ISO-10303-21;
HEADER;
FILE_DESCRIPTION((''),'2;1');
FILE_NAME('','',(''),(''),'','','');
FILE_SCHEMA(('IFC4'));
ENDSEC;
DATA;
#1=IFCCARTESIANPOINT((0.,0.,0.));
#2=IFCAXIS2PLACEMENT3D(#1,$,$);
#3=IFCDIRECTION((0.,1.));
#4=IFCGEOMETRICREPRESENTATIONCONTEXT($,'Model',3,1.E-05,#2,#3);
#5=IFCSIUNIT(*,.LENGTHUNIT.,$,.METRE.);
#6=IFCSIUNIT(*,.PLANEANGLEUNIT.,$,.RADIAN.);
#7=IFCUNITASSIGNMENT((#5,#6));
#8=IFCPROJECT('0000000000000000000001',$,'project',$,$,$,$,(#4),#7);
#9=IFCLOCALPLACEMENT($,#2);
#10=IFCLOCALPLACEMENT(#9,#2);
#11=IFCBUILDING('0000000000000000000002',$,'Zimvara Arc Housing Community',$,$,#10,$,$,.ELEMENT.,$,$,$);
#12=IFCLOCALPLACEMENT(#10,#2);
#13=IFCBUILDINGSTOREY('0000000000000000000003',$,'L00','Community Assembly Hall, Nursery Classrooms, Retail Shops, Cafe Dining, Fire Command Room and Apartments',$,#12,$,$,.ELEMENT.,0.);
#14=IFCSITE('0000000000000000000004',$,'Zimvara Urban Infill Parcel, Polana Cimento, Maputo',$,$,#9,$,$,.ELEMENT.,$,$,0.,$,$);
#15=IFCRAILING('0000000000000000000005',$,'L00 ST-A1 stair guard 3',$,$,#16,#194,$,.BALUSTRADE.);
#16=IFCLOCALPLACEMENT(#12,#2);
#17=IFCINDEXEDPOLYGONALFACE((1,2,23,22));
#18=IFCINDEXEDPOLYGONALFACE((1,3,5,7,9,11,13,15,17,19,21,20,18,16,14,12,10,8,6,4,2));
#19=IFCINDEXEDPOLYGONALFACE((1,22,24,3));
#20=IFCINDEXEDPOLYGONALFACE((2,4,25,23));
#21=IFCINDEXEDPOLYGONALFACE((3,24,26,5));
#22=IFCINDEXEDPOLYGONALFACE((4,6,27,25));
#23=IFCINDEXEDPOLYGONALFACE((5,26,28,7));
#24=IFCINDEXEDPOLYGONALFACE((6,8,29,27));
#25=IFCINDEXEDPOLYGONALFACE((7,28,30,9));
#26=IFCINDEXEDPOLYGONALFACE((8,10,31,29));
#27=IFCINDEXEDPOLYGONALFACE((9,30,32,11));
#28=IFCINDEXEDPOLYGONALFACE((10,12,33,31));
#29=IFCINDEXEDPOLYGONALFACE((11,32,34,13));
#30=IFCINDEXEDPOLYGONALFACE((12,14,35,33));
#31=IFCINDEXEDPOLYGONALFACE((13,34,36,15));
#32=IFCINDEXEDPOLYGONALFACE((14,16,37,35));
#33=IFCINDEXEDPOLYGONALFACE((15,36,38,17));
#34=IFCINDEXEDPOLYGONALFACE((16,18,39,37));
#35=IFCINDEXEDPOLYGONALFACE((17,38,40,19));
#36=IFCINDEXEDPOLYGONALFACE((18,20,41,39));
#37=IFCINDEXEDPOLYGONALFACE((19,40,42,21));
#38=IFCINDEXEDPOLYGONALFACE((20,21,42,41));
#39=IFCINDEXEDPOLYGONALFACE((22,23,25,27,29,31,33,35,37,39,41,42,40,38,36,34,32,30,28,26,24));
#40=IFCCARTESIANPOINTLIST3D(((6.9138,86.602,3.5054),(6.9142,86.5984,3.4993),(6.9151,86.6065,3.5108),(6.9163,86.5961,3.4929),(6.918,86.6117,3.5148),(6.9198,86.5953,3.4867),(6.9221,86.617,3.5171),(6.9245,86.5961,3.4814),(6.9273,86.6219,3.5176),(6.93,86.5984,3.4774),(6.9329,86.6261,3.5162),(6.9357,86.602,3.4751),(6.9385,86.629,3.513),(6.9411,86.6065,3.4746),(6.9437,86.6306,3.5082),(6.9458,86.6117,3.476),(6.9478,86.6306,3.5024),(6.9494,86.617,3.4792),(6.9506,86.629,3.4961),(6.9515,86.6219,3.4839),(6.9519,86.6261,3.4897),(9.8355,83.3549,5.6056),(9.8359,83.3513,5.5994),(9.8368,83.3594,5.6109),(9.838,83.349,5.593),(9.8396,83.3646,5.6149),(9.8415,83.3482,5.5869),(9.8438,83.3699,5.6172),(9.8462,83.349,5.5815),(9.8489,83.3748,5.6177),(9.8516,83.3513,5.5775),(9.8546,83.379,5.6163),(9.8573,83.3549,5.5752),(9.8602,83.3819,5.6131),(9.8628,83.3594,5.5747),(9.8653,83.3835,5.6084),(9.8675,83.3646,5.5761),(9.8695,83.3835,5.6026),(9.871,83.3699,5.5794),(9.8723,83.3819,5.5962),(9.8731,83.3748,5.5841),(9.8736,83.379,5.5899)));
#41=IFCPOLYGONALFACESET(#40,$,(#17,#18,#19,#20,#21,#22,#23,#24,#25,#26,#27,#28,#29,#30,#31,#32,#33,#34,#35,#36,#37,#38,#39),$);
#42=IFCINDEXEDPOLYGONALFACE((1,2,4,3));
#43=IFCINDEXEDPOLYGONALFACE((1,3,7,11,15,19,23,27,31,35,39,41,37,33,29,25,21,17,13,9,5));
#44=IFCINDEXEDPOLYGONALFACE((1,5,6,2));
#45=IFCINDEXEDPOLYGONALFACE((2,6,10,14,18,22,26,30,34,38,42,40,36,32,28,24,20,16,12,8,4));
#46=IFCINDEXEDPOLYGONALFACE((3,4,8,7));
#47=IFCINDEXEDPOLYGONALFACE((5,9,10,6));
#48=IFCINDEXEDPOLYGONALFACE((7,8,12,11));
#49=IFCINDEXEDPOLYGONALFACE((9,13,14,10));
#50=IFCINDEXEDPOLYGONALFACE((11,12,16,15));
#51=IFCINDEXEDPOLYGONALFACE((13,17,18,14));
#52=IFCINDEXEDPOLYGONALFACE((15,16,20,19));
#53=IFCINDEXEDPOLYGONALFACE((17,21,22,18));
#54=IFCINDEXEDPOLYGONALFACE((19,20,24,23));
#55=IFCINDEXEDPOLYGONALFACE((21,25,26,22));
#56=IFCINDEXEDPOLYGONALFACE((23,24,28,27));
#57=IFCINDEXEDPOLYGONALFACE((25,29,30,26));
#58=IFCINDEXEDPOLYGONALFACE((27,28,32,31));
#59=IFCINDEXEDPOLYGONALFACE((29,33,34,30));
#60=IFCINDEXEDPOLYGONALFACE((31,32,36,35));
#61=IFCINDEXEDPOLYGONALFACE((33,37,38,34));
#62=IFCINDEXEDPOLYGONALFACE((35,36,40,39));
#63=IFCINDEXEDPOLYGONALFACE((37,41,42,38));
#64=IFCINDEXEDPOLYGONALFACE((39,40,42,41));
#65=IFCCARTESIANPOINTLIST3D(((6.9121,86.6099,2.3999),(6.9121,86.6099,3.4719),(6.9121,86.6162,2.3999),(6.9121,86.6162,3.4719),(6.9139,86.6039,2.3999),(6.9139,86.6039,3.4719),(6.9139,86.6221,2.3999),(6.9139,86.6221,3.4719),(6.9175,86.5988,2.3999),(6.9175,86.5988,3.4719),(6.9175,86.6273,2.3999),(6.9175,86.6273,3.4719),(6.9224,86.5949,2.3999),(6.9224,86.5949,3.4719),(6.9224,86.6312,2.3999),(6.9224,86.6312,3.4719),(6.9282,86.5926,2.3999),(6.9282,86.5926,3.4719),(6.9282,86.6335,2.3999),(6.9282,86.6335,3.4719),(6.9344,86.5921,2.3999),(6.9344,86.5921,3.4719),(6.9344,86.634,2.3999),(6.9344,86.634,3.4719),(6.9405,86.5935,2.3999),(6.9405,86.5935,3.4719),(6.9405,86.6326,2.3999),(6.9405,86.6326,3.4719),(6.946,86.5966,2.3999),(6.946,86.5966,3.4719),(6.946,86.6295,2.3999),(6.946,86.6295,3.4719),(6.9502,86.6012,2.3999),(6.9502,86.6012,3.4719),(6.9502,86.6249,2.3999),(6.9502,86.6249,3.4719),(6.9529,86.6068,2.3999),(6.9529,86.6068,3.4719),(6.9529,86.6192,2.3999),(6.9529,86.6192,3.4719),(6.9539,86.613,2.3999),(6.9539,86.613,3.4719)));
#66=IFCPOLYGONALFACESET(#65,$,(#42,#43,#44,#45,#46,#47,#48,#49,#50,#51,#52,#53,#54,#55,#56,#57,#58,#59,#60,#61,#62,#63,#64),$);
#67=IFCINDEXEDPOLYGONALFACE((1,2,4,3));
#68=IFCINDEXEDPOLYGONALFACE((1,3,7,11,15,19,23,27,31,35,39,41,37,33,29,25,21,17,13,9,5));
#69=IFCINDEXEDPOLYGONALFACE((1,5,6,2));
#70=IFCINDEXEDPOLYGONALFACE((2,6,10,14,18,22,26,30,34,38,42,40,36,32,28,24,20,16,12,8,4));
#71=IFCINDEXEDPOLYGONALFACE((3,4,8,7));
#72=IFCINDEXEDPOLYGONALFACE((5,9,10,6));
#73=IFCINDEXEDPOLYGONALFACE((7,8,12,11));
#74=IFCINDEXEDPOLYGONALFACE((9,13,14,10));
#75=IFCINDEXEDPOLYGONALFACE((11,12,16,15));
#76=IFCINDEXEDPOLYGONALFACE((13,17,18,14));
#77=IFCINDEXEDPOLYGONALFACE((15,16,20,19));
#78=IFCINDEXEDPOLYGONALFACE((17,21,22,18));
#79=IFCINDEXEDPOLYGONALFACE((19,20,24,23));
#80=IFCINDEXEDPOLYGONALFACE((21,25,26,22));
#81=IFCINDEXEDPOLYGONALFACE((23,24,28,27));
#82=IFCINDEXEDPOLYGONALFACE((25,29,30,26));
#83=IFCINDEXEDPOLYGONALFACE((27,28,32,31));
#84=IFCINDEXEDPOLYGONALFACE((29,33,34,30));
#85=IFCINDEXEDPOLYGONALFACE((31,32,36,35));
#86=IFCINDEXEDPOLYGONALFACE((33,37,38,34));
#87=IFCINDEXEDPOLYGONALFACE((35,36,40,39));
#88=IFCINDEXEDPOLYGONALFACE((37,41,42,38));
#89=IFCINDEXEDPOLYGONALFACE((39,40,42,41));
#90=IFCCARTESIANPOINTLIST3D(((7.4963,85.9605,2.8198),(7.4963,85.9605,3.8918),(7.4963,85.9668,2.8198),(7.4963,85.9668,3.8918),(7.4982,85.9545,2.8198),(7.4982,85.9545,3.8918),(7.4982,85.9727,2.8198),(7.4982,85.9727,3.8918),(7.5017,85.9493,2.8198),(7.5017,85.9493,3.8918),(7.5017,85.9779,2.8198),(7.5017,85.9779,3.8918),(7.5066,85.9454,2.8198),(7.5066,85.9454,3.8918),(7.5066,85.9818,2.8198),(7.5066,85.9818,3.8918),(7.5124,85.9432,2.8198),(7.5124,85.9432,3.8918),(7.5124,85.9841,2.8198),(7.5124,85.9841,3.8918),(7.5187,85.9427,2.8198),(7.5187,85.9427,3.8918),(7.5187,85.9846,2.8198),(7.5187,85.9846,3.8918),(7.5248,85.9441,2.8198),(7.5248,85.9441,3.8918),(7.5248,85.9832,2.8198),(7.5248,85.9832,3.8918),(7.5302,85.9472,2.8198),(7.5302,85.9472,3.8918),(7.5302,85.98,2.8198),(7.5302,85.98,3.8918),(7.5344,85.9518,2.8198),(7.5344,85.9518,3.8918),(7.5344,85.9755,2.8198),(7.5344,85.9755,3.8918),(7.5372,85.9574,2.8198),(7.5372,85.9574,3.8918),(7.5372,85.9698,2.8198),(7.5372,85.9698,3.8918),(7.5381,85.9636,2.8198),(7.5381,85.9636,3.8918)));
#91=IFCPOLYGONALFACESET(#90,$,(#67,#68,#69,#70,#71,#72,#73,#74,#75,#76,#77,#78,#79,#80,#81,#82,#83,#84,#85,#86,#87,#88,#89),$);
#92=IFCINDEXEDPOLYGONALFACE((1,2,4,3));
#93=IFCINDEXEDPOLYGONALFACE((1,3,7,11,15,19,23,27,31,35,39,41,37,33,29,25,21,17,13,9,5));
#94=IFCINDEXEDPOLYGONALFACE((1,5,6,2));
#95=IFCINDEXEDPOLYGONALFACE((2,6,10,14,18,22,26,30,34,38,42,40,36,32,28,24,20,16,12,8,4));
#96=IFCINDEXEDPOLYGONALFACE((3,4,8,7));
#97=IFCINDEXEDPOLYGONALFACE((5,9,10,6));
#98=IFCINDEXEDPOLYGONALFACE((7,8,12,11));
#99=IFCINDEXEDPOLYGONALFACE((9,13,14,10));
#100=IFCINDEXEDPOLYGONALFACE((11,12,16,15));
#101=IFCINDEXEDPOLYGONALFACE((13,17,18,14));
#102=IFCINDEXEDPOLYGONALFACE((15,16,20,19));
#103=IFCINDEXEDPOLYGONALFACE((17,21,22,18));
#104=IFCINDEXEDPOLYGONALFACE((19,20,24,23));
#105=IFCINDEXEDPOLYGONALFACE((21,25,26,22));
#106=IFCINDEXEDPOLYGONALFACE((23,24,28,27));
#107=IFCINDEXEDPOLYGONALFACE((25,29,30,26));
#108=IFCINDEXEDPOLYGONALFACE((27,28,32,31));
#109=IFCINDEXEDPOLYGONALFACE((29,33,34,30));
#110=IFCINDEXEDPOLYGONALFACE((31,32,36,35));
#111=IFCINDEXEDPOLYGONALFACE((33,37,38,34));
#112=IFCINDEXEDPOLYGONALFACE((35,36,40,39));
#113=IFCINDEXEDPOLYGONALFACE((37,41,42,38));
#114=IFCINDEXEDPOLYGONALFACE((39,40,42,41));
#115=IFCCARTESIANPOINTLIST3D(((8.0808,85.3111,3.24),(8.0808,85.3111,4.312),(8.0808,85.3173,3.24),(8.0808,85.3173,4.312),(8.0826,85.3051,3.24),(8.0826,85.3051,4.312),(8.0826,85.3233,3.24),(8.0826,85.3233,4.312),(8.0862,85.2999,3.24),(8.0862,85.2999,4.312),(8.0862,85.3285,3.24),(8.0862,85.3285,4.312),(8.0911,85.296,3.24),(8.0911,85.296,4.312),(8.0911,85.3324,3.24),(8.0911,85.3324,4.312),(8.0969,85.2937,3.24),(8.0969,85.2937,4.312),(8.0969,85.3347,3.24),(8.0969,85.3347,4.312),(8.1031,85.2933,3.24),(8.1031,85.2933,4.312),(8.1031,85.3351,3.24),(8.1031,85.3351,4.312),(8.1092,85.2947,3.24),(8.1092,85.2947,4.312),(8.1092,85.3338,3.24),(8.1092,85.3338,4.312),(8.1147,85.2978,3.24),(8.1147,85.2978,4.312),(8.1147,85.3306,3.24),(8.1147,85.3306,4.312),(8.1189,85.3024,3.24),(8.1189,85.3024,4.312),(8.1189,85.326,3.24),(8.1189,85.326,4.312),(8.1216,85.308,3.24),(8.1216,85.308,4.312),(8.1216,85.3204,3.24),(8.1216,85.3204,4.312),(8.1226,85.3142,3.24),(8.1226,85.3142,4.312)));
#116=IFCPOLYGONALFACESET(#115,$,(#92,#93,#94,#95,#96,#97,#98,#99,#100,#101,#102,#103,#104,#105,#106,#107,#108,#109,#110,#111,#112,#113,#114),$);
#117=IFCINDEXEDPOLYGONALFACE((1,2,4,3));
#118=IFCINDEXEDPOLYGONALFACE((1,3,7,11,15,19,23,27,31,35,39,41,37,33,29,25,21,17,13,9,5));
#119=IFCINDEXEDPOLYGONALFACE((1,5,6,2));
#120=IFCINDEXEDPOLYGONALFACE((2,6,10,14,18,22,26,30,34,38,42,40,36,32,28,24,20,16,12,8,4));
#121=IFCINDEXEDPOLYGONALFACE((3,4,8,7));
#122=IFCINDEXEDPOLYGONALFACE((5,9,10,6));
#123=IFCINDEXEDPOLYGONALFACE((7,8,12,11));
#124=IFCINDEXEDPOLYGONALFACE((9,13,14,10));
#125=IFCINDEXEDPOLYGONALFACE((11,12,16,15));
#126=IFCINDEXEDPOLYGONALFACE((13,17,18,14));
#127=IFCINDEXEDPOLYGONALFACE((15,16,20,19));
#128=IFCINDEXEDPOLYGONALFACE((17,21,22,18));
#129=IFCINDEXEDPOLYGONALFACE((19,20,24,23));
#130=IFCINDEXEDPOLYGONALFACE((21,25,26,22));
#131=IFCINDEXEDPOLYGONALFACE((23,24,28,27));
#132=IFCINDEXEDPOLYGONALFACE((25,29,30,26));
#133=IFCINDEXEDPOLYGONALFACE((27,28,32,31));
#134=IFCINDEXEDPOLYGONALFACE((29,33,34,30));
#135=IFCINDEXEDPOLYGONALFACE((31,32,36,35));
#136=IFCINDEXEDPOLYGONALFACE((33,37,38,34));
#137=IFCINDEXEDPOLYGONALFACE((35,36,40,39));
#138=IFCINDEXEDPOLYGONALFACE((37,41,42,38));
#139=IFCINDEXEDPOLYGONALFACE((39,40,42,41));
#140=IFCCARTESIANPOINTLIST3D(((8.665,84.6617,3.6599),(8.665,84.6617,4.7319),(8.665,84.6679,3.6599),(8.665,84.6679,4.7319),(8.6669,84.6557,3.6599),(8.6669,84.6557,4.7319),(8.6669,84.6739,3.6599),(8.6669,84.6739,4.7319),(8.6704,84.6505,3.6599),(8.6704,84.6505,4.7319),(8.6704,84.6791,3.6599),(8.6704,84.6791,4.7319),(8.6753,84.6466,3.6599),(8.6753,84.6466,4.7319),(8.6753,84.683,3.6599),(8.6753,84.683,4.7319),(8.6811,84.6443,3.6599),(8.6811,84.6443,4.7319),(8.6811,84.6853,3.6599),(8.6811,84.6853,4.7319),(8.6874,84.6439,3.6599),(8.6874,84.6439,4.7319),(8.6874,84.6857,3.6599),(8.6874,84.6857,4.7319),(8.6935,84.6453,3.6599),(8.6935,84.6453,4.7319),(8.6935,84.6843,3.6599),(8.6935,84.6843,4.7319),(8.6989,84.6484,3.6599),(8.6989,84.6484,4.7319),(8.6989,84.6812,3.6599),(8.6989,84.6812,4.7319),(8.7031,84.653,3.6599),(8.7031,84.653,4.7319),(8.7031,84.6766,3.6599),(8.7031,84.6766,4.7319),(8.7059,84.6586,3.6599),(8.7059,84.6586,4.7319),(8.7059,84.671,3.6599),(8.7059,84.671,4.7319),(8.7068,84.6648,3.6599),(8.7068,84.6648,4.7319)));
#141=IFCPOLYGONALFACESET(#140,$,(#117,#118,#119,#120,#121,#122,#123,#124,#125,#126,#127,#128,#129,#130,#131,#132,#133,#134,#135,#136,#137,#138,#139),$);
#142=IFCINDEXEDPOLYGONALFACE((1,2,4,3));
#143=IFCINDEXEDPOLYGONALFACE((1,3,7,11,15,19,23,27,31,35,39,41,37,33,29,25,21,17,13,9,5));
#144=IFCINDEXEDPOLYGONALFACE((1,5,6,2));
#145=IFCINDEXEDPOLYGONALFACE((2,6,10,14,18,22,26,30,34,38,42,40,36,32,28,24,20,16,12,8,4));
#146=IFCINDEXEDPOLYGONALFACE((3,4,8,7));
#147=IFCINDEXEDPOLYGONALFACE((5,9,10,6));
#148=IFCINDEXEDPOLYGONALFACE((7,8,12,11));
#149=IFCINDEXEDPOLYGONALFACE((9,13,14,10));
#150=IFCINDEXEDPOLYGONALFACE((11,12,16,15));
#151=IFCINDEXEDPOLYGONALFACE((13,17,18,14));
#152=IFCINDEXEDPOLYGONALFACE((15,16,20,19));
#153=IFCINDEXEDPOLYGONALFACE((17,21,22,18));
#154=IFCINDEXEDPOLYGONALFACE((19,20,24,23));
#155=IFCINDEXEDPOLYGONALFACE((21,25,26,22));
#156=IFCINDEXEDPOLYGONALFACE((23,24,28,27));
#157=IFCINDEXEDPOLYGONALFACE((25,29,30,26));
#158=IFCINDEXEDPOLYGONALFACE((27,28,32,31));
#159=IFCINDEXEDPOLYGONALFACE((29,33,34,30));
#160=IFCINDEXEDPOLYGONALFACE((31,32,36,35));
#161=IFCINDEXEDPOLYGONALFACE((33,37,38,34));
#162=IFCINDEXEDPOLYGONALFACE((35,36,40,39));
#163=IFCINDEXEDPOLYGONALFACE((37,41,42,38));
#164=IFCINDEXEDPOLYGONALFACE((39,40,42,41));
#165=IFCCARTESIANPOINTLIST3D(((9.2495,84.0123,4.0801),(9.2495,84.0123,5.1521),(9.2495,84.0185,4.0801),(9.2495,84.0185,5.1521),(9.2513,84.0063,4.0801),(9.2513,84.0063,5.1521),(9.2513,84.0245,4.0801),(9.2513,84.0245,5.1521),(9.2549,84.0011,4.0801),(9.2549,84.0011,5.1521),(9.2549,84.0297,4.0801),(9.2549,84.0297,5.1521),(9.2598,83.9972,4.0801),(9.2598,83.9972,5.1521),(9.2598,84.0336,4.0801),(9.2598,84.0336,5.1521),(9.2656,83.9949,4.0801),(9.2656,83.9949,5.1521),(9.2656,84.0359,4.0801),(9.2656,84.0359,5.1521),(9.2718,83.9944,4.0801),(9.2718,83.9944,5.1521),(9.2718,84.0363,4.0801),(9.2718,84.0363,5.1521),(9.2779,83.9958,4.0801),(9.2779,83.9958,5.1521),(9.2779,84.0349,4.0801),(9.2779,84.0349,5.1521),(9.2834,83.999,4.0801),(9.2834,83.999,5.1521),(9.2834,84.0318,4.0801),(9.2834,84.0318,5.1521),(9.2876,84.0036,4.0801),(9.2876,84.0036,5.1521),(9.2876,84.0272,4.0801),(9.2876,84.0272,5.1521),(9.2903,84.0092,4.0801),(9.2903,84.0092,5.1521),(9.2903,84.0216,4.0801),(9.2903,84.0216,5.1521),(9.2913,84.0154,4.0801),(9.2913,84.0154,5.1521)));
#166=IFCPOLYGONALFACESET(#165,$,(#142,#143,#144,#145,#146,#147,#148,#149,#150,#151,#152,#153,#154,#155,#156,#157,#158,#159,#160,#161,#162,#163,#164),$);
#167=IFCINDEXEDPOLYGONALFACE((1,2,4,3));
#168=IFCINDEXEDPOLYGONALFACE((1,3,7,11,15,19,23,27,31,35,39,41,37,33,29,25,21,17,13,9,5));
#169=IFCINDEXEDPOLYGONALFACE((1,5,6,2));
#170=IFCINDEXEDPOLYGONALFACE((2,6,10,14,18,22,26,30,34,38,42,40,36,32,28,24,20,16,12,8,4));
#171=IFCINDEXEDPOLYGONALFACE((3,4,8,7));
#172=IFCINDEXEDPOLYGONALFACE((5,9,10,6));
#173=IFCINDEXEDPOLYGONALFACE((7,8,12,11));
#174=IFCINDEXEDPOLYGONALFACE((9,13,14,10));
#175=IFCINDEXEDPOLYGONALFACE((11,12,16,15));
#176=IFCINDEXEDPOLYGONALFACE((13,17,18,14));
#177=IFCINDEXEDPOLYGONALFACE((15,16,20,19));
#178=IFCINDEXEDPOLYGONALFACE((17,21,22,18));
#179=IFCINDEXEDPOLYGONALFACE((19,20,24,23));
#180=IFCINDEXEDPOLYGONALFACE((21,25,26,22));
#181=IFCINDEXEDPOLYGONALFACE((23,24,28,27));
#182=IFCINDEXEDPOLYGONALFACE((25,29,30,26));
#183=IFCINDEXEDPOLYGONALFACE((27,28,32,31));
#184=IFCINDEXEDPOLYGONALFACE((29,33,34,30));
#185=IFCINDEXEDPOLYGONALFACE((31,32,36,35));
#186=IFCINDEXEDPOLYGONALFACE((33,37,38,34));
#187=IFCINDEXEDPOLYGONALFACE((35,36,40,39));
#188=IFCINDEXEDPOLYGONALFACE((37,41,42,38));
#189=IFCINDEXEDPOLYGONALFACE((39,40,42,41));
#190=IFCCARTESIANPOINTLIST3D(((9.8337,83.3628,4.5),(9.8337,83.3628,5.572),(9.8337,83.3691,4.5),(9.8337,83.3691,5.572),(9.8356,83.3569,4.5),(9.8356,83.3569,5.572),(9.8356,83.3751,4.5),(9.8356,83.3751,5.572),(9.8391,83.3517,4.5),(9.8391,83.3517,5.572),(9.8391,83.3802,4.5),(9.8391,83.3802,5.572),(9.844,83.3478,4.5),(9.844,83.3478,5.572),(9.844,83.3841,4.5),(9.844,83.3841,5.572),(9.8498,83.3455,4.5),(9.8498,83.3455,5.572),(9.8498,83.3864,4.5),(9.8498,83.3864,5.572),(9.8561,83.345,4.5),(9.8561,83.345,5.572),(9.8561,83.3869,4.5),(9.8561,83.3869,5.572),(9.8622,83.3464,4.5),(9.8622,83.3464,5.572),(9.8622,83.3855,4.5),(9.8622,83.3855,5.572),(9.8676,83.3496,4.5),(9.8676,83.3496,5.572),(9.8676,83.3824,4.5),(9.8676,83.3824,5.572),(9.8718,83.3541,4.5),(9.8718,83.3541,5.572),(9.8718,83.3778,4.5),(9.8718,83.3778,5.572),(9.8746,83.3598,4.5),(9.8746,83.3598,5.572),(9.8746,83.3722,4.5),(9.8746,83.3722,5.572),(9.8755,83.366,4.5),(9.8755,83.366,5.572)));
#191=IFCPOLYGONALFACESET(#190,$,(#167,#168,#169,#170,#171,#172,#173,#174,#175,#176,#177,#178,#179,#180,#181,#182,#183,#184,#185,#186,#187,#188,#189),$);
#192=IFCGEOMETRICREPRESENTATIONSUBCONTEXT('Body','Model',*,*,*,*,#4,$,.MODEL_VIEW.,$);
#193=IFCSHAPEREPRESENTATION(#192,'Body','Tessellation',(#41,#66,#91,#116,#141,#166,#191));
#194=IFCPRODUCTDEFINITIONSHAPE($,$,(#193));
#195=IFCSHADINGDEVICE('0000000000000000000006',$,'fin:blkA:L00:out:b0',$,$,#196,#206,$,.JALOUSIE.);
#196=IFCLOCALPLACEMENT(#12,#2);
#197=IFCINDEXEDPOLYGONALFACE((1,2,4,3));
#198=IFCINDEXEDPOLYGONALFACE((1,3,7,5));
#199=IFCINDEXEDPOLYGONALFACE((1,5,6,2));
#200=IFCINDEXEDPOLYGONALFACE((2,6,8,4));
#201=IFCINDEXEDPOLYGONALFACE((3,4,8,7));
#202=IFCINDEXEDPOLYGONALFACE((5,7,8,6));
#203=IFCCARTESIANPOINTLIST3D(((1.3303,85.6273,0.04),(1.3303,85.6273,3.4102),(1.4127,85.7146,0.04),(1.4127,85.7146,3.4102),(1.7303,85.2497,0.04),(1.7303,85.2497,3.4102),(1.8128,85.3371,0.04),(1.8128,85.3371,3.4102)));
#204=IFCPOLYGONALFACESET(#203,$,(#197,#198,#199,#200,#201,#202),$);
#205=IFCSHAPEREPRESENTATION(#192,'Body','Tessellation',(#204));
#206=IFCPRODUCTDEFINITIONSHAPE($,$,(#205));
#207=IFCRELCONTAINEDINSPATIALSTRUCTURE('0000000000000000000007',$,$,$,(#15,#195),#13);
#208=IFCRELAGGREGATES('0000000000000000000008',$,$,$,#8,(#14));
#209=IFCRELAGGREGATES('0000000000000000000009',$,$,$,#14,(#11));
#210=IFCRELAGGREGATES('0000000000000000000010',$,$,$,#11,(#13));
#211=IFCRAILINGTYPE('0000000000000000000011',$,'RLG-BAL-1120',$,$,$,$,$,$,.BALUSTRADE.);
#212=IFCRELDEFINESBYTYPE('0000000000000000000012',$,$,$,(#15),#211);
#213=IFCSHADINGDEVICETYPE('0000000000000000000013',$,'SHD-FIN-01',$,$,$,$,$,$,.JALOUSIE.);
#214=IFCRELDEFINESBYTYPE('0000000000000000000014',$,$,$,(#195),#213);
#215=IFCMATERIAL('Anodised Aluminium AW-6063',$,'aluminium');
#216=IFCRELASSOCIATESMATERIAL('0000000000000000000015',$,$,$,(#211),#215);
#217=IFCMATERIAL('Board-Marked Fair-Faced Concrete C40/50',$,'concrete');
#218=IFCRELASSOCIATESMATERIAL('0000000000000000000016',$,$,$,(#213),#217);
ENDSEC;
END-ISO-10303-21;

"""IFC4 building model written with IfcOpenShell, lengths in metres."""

from ifc_helpers import new_model, si_unit, direction, frame, origin, origin_2d, place, context, subcontext, project, spatial, rectangle, circle, extrude, material, type_object, element, save


model = new_model("IFC4")

# Units and contexts
model_context = context("Model", 3, precision=1e-05, world=origin(), true_north=direction((0.0, 1.0)))
body_context = subcontext(model_context, "Body", "Model", "MODEL_VIEW")
ifc_project = project(units=[si_unit("LENGTHUNIT", "METRE"), si_unit("PLANEANGLEUNIT", "RADIAN")], contexts=[model_context])

# Site, building, storey
site_placement = place(None, origin())
site = spatial("IfcSite", under=ifc_project, at=site_placement, Name="Zimvara Urban Infill Parcel, Polana Cimento, Maputo", CompositionType="ELEMENT", RefElevation=0.0)
building_placement = place(site_placement, origin())
building = spatial("IfcBuilding", under=site, at=building_placement, Name="Zimvara Arc Housing Community", CompositionType="ELEMENT")
storey_placement = place(building_placement, origin())
storey = spatial("IfcBuildingStorey", under=building, at=storey_placement, Name="L00", Description="Community Assembly Hall, Nursery Classrooms, Retail Shops, Cafe Dining, Fire Command Room and Apartments", CompositionType="ELEMENT", Elevation=0.0)

# Railing
ifc_material_1 = material(Name="Anodised Aluminium AW-6063", Category="aluminium")
railing_type_1 = type_object("IfcRailingType", Name="RLG-BAL-1120", PredefinedType="BALUSTRADE", material=ifc_material_1)
railing_1_placement = place(storey_placement, frame((6.9329, 86.613, 2.3999)))
element("IfcRailing", 1, at=railing_1_placement, inside=storey, type_object=railing_type_1, Name="L00 ST-A1 stair guard 3", PredefinedType="BALUSTRADE", context=body_context, shape_type="SweptSolid", body=[
    extrude(circle(Radius=0.0239, at=origin_2d()), frame((0.0, 0.0, 1.0962), z_axis=(0.602817, -0.669965, 0.433311), x_axis=(0.743378, 0.668872, 0.0)), (0.0, 0.0, 1.0), 4.8467),
    extrude(circle(Radius=0.021, at=origin_2d()), origin(), (0.0, 0.0, 1.0), 1.072),
    extrude(circle(Radius=0.021, at=origin_2d()), frame((0.5842, -0.6494, 0.4199)), (0.0, 0.0, 1.0), 1.072),
    extrude(circle(Radius=0.021, at=origin_2d()), frame((1.1687, -1.2988, 0.8401)), (0.0, 0.0, 1.0), 1.072),
    extrude(circle(Radius=0.021, at=origin_2d()), frame((1.7529, -1.9482, 1.26)), (0.0, 0.0, 1.0), 1.072),
    extrude(circle(Radius=0.021, at=origin_2d()), frame((2.3374, -2.5977, 1.6802)), (0.0, 0.0, 1.0), 1.072),
    extrude(circle(Radius=0.021, at=origin_2d()), frame((2.9216, -3.2471, 2.1001)), (0.0, 0.0, 1.0), 1.072),
])

# Shading device
ifc_material_2 = material(Name="Board-Marked Fair-Faced Concrete C40/50", Category="concrete")
shading_device_type_1 = type_object("IfcShadingDeviceType", Name="SHD-FIN-01", PredefinedType="JALOUSIE", material=ifc_material_2)
shading_device_1_placement = place(storey_placement, frame((1.5715, 85.4822, 0.04), z_axis=(0.0, 0.0, 1.0), x_axis=(0.686326, 0.727294, 0.0)))
element("IfcShadingDevice", 2, at=shading_device_1_placement, inside=storey, type_object=shading_device_type_1, Name="fin:blkA:L00:out:b0", PredefinedType="JALOUSIE", context=body_context, shape_type="SweptSolid", body=[
    extrude(rectangle(XDim=0.1201, YDim=0.55, at=origin_2d()), origin(), (0.0, 0.0, 1.0), 3.3701),
])

save(model, "model.ifc")
